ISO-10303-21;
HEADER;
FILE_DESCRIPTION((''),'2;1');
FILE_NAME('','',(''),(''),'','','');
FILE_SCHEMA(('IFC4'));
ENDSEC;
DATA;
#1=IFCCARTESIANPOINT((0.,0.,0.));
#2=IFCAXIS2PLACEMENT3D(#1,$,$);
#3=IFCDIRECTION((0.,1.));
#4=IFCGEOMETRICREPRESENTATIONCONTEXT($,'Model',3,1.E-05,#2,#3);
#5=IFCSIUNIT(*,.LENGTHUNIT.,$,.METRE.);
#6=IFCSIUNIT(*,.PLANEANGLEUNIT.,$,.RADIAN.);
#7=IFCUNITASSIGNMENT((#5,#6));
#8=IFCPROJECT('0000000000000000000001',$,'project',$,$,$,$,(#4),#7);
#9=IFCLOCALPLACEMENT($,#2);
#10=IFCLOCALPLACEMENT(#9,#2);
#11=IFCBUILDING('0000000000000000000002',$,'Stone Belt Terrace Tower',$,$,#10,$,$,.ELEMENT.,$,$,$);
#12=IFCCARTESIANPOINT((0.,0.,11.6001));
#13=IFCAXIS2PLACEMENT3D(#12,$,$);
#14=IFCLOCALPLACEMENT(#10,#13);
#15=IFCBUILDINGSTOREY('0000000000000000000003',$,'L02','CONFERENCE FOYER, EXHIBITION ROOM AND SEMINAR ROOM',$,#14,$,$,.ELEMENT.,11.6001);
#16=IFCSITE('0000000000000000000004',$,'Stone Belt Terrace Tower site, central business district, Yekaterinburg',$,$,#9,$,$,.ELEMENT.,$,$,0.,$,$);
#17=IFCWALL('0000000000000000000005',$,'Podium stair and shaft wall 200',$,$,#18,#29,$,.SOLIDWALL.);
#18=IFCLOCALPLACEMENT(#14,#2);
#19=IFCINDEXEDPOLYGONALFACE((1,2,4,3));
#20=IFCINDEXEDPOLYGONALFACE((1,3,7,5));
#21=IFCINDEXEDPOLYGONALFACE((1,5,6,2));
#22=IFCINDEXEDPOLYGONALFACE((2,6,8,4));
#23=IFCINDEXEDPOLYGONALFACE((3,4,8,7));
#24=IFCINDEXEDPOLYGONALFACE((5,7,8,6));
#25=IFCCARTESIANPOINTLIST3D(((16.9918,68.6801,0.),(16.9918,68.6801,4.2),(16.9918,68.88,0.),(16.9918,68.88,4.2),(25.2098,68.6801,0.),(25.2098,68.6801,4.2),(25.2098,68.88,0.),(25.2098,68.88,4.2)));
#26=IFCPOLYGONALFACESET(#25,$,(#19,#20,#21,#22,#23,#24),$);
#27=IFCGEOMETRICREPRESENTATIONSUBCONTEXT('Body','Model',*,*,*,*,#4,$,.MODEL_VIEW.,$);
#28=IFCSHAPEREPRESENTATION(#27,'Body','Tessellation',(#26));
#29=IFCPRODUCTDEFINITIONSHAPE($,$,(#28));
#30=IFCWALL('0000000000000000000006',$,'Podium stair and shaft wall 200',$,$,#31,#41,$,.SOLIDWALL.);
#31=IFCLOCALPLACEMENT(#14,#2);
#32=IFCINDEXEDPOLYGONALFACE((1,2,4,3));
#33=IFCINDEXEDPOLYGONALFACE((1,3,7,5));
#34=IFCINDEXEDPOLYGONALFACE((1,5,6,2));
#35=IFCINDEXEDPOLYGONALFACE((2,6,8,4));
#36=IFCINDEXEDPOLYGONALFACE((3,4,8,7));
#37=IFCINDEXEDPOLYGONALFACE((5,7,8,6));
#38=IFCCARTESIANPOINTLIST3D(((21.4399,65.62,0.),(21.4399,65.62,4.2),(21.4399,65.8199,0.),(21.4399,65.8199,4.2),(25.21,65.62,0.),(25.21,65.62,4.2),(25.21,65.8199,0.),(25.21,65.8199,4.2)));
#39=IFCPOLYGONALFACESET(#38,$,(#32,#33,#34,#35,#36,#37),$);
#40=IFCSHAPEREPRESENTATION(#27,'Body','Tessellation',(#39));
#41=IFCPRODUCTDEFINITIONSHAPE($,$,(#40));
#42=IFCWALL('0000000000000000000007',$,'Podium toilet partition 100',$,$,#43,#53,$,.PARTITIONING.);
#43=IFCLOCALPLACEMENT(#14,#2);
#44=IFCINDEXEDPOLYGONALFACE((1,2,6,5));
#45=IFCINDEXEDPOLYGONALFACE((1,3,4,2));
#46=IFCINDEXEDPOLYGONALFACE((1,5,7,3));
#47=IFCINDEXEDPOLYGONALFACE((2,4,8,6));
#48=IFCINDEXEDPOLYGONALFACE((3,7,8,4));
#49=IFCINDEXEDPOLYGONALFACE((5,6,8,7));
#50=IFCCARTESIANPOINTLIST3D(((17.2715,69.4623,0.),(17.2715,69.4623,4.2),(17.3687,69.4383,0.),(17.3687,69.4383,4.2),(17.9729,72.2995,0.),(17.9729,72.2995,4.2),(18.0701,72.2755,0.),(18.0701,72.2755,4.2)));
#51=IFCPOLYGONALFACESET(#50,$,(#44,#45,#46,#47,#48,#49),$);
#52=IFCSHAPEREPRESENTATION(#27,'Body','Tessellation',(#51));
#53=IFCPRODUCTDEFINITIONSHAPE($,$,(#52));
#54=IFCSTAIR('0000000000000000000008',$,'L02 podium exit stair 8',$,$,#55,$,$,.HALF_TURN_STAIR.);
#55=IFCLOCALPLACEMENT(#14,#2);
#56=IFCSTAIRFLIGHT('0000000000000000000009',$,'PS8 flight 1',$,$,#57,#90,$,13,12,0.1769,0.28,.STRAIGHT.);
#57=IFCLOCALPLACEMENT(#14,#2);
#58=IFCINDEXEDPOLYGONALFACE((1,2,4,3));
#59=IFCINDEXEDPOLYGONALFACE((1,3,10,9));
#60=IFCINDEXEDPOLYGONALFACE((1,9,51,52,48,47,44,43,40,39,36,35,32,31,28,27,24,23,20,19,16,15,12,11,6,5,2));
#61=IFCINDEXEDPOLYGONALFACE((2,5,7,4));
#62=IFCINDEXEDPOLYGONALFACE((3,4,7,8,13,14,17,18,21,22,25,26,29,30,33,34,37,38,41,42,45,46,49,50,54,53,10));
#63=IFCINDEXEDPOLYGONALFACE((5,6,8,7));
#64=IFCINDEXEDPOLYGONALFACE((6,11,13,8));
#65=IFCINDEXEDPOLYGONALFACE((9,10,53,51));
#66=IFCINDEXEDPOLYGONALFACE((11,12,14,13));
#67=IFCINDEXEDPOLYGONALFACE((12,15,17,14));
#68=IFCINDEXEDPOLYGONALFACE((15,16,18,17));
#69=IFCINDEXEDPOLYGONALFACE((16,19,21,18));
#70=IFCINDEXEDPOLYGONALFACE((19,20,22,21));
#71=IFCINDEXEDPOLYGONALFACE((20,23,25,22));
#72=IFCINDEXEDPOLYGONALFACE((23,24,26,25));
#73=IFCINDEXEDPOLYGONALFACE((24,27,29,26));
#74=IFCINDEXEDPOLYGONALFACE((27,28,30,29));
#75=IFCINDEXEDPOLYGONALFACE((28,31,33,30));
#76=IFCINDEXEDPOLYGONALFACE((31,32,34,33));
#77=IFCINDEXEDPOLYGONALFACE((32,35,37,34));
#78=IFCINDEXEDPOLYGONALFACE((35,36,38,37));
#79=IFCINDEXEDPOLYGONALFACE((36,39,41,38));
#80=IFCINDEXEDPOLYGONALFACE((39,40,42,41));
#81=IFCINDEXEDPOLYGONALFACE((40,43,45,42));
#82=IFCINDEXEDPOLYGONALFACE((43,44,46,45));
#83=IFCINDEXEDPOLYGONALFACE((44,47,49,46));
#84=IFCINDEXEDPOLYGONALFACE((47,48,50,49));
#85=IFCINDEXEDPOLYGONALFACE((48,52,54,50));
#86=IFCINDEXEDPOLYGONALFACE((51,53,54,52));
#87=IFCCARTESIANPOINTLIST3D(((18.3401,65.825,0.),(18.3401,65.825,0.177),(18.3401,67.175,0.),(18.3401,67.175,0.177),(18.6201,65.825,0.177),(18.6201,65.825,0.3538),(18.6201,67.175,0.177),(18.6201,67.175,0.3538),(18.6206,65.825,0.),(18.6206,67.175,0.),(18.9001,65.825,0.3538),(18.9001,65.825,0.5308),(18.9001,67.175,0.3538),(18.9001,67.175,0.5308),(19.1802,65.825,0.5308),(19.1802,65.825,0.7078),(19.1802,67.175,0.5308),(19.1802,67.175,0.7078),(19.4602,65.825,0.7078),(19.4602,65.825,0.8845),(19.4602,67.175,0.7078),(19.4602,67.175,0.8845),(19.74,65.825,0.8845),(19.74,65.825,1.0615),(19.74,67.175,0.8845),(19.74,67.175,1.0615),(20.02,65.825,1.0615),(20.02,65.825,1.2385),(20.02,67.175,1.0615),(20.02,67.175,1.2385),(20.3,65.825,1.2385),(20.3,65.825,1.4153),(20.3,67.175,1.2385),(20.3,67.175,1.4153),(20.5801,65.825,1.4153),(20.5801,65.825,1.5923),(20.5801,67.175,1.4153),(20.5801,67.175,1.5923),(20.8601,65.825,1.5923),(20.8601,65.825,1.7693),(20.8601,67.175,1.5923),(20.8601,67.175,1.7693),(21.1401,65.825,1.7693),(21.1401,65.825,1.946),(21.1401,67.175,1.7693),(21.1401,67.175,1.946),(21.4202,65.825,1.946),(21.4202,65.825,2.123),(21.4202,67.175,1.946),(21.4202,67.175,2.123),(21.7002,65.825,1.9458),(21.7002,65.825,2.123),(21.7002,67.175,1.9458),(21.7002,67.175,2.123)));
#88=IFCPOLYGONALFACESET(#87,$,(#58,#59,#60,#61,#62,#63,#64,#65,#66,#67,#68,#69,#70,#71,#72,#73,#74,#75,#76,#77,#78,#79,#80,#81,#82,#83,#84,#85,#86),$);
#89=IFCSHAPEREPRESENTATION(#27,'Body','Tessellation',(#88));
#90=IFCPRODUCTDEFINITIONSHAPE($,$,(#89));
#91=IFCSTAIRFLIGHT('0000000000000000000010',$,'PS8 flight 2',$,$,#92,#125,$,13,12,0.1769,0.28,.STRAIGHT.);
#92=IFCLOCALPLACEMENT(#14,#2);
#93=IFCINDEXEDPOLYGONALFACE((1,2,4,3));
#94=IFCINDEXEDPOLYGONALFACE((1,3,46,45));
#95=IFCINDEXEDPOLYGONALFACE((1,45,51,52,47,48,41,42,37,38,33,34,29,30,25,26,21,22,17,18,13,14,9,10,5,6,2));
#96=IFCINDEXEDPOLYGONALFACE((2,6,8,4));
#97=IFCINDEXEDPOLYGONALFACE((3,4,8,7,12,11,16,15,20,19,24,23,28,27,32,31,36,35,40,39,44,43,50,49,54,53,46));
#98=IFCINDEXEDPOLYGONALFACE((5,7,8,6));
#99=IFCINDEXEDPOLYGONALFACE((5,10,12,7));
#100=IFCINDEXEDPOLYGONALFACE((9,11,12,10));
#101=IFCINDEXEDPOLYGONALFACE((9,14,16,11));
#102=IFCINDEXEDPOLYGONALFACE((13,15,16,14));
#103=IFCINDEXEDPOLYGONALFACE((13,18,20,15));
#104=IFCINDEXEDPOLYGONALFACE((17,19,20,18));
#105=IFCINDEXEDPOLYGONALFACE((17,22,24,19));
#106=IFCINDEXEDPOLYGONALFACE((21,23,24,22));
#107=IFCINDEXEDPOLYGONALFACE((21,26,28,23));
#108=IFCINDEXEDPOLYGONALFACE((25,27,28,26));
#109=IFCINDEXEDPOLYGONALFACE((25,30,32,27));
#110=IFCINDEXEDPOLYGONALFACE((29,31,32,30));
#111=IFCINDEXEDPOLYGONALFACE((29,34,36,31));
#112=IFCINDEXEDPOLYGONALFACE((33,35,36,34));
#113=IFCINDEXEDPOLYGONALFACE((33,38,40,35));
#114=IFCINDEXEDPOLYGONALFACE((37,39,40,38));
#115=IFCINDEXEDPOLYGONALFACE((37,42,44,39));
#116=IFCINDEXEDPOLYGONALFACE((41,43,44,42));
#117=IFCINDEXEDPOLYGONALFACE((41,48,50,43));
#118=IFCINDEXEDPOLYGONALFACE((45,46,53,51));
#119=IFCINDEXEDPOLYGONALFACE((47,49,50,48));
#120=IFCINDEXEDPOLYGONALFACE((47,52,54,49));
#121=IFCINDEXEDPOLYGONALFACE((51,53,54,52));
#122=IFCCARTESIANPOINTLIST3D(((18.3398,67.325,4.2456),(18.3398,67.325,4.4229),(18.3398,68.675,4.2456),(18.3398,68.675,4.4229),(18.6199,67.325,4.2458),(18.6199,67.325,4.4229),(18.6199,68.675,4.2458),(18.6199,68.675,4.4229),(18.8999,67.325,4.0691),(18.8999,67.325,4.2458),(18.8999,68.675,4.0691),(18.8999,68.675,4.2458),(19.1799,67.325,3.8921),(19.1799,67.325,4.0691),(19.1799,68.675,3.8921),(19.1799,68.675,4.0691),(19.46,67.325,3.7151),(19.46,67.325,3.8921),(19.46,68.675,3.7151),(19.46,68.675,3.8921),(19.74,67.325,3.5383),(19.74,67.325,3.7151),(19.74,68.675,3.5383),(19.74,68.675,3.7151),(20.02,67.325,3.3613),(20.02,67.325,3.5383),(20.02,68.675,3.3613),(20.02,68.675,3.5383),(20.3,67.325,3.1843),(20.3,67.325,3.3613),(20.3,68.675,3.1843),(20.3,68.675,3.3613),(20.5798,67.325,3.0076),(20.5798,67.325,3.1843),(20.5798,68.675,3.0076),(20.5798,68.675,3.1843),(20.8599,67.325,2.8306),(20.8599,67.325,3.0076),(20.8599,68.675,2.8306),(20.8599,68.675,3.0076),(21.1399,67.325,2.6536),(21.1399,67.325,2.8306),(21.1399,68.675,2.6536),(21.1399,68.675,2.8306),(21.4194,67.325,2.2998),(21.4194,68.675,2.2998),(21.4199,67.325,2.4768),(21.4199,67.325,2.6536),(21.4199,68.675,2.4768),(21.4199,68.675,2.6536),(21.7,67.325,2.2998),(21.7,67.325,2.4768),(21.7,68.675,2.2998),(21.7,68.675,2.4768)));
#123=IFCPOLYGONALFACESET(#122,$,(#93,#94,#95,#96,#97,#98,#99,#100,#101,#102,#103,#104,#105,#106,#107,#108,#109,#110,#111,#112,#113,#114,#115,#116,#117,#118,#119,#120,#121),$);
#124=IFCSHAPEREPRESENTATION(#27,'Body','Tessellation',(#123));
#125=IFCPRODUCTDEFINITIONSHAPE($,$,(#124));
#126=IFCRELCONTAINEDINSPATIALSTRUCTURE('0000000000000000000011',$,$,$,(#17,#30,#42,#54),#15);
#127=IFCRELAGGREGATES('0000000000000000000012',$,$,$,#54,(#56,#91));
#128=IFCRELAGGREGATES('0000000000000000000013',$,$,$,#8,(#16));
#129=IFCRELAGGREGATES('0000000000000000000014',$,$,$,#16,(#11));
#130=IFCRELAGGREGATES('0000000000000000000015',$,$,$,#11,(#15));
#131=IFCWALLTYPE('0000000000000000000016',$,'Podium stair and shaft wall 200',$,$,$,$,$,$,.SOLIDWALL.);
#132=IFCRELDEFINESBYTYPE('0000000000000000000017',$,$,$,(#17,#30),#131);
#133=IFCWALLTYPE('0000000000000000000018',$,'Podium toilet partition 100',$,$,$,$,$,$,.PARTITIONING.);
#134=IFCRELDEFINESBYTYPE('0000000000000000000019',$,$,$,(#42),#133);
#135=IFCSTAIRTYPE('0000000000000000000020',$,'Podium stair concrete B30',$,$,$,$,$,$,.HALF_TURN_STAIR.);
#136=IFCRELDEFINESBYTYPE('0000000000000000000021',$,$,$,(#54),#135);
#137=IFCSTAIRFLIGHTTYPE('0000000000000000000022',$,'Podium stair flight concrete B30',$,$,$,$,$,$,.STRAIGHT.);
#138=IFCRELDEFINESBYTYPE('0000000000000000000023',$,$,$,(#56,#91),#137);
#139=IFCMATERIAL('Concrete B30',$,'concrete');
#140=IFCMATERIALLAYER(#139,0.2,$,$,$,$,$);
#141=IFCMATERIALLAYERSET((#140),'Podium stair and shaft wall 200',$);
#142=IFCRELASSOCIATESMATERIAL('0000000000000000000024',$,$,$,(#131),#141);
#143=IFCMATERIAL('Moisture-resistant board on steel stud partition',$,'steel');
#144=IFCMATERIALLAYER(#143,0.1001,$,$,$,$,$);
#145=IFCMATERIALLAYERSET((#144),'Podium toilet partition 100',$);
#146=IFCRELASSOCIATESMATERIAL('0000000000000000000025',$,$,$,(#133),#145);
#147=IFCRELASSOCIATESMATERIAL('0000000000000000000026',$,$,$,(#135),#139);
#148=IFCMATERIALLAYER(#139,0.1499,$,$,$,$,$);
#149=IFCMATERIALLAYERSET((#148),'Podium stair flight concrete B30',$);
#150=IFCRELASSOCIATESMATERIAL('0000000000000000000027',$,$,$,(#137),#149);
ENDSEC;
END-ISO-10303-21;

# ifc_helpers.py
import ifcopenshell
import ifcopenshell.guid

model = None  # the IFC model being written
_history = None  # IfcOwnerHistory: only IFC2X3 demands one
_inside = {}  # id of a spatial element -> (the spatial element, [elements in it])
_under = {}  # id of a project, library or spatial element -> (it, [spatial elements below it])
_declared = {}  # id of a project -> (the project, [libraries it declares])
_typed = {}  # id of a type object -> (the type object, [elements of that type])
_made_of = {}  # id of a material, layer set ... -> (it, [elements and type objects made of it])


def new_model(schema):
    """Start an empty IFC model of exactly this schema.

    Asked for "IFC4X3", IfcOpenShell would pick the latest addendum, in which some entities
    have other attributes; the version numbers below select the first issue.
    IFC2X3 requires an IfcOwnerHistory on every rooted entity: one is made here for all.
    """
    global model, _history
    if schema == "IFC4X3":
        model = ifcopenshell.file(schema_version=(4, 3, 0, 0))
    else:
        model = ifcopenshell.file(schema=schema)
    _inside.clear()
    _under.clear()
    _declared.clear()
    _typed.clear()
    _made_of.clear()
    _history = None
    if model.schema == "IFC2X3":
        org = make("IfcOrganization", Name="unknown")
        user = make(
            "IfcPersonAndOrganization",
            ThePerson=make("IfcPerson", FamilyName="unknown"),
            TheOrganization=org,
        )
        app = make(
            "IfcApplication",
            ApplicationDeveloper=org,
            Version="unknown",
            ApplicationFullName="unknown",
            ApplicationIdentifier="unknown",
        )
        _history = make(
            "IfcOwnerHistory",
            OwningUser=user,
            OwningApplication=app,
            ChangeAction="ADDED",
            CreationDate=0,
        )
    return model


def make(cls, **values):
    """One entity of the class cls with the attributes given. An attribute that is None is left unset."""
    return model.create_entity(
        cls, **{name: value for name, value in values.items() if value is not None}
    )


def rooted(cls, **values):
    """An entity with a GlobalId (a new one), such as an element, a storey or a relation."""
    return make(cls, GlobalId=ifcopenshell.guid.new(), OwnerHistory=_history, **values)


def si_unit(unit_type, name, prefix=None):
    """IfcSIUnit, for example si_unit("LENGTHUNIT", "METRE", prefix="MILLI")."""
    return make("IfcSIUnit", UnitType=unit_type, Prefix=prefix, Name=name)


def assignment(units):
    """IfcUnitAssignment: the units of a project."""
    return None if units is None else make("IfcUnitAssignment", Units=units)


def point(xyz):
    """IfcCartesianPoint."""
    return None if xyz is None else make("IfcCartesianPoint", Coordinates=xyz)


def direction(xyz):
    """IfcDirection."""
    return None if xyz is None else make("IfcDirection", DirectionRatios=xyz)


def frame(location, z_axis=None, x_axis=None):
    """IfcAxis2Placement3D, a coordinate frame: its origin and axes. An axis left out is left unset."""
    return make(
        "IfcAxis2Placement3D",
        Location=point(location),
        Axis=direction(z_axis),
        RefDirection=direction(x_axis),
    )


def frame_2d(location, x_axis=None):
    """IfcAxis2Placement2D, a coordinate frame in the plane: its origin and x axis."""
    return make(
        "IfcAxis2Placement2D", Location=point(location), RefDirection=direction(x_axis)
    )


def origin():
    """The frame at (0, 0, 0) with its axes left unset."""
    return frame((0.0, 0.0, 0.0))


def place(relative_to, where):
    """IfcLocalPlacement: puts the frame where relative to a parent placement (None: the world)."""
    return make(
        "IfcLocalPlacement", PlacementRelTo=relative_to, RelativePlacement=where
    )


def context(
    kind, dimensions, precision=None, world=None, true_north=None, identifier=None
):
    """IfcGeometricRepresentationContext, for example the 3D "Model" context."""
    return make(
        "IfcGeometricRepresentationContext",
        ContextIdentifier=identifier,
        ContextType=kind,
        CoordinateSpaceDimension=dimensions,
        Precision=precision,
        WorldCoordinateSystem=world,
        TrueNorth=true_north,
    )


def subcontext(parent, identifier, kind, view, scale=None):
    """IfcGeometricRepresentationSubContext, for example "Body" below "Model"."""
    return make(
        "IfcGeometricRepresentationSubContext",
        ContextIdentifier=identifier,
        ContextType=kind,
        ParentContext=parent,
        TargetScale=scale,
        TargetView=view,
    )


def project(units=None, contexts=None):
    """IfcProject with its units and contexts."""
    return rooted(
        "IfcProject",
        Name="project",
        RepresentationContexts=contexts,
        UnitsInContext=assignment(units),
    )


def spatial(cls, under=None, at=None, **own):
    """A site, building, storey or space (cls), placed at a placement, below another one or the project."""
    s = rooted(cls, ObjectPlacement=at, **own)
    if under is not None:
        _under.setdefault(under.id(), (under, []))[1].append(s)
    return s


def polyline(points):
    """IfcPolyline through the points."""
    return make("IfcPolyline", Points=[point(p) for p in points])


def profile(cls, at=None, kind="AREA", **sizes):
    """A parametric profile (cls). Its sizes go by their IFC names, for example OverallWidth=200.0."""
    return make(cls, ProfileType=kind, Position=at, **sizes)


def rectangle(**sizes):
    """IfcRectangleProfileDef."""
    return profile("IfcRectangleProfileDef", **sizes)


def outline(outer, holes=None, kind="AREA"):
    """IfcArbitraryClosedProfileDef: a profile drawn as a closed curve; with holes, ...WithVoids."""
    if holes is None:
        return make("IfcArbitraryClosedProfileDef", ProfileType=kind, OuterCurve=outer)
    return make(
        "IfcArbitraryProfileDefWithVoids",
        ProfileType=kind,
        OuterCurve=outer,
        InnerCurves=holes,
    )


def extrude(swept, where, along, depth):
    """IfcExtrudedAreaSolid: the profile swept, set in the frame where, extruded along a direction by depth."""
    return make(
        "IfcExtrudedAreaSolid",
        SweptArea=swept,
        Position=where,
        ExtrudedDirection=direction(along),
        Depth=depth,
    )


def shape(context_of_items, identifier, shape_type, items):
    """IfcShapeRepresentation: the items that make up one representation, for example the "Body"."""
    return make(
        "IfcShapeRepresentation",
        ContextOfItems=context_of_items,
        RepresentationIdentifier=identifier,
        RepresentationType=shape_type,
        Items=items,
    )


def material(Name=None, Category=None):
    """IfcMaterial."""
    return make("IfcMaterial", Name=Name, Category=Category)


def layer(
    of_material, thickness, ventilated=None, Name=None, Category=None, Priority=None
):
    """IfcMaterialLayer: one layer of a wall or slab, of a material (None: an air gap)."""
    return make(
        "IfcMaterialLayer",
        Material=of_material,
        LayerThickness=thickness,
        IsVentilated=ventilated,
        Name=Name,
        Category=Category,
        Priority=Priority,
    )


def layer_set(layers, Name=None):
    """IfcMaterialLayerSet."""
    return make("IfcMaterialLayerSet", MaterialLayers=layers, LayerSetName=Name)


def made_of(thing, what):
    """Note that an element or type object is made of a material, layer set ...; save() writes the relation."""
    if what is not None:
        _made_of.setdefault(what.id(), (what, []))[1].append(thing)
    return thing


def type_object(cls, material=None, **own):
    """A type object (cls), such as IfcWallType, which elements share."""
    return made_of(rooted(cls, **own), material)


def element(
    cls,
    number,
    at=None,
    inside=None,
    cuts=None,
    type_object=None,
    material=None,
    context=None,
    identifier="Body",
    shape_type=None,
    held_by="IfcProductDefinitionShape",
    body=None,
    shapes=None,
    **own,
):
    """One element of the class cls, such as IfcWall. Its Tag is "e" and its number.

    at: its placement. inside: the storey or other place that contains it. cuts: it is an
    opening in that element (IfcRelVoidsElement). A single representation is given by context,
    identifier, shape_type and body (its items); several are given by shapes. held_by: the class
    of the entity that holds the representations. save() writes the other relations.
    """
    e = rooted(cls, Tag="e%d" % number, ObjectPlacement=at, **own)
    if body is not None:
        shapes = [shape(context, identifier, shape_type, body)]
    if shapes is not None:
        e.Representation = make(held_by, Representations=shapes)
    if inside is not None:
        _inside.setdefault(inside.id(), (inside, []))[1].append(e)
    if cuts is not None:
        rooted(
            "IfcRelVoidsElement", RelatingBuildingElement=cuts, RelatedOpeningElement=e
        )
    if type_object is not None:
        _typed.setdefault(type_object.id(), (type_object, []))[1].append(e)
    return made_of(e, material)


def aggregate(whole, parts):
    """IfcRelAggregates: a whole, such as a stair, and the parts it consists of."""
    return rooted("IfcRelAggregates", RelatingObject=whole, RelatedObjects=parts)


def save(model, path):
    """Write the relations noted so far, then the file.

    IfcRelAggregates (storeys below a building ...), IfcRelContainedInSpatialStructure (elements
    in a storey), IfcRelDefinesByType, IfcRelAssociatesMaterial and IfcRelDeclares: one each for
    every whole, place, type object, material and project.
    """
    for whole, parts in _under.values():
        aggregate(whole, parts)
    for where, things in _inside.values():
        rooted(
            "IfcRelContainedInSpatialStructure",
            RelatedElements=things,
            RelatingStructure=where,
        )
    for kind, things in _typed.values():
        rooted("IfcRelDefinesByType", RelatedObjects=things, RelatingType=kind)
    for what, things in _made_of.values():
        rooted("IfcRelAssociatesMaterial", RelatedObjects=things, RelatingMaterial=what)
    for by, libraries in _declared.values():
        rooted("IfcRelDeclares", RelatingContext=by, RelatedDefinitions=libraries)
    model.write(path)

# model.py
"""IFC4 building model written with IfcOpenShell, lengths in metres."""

from ifc_helpers import new_model, si_unit, direction, frame, frame_2d, origin, place, context, subcontext, project, spatial, polyline, rectangle, outline, extrude, material, layer, layer_set, type_object, element, aggregate, save


model = new_model("IFC4")

# Units and contexts
model_context = context("Model", 3, precision=1e-05, world=origin(), true_north=direction((0.0, 1.0)))
body_context = subcontext(model_context, "Body", "Model", "MODEL_VIEW")
ifc_project = project(units=[si_unit("LENGTHUNIT", "METRE"), si_unit("PLANEANGLEUNIT", "RADIAN")], contexts=[model_context])

# Site, building, storey
site_placement = place(None, origin())
site = spatial("IfcSite", under=ifc_project, at=site_placement, Name="Stone Belt Terrace Tower site, central business district, Yekaterinburg", CompositionType="ELEMENT", RefElevation=0.0)
building_placement = place(site_placement, origin())
building = spatial("IfcBuilding", under=site, at=building_placement, Name="Stone Belt Terrace Tower", CompositionType="ELEMENT")
storey_placement = place(building_placement, frame((0.0, 0.0, 11.6001)))
storey = spatial("IfcBuildingStorey", under=building, at=storey_placement, Name="L02", Description="CONFERENCE FOYER, EXHIBITION ROOM AND SEMINAR ROOM", CompositionType="ELEMENT", Elevation=11.6001)

# Shared definitions
ifc_material_1 = material(Name="Concrete B30", Category="concrete")
ifc_layer_1 = layer(ifc_material_1, 0.2)
ifc_layer_set_1 = layer_set([ifc_layer_1], Name="Podium stair and shaft wall 200")
wall_type_1 = type_object("IfcWallType", Name="Podium stair and shaft wall 200", PredefinedType="SOLIDWALL", material=ifc_layer_set_1)

# Walls
wall_1_placement = place(storey_placement, frame((16.9919, 68.78, 0.0), z_axis=(0.0, 0.0, 1.0), x_axis=(1.0, 0.0, 0.0)))
element("IfcWall", 1, at=wall_1_placement, inside=storey, type_object=wall_type_1, Name="Podium stair and shaft wall 200", PredefinedType="SOLIDWALL", context=body_context, shape_type="SweptSolid", body=[
    extrude(rectangle(XDim=8.218, YDim=0.2, at=frame_2d((4.1089, 0.0))), origin(), (0.0, 0.0, 1.0), 4.2),
])
wall_2_placement = place(storey_placement, frame((21.4399, 65.72, 0.0), z_axis=(0.0, 0.0, 1.0), x_axis=(1.0, 0.0, 0.0)))
element("IfcWall", 2, at=wall_2_placement, inside=storey, type_object=wall_type_1, Name="Podium stair and shaft wall 200", PredefinedType="SOLIDWALL", context=body_context, shape_type="SweptSolid", body=[
    extrude(rectangle(XDim=3.77, YDim=0.2, at=frame_2d((1.885, 0.0))), origin(), (0.0, 0.0, 1.0), 4.2),
])
ifc_material_2 = material(Name="Moisture-resistant board on steel stud partition", Category="steel")
ifc_layer_2 = layer(ifc_material_2, 0.1001)
ifc_layer_set_2 = layer_set([ifc_layer_2], Name="Podium toilet partition 100")
wall_type_2 = type_object("IfcWallType", Name="Podium toilet partition 100", PredefinedType="PARTITIONING", material=ifc_layer_set_2)
wall_3_placement = place(storey_placement, frame((17.3201, 69.4502, 0.0), z_axis=(0.0, 0.0, 1.0), x_axis=(0.239999, 0.970773, 0.0)))
element("IfcWall", 3, at=wall_3_placement, inside=storey, type_object=wall_type_2, Name="Podium toilet partition 100", PredefinedType="PARTITIONING", context=body_context, shape_type="SweptSolid", body=[
    extrude(rectangle(XDim=2.9226, YDim=0.1001, at=frame_2d((1.4614, 0.0))), origin(), (0.0, 0.0, 1.0), 4.2),
])

# Stair, stair flights
stair_type = type_object("IfcStairType", Name="Podium stair concrete B30", PredefinedType="HALF_TURN_STAIR", material=ifc_material_1)
stair_placement = place(storey_placement, origin())
stair = element("IfcStair", 4, at=stair_placement, inside=storey, type_object=stair_type, Name="L02 podium exit stair 8", PredefinedType="HALF_TURN_STAIR")
ifc_layer_3 = layer(ifc_material_1, 0.1499)
ifc_layer_set_3 = layer_set([ifc_layer_3], Name="Podium stair flight concrete B30")
stair_flight_type = type_object("IfcStairFlightType", Name="Podium stair flight concrete B30", PredefinedType="STRAIGHT", material=ifc_layer_set_3)
stair_flight_1_placement = place(storey_placement, frame((18.3401, 66.5, 0.0), z_axis=(0.0, 0.0, 1.0), x_axis=(1.0, 0.0, 0.0)))
stair_flight_1 = element("IfcStairFlight", 5, at=stair_flight_1_placement, type_object=stair_flight_type, Name="PS8 flight 1", NumberOfRisers=13, NumberOfTreads=12, PredefinedType="STRAIGHT", RiserHeight=0.1769, TreadLength=0.28, context=body_context, shape_type="SweptSolid", body=[
    extrude(outline(polyline([(0.0, 0.0), (0.0, 0.177), (0.28, 0.177), (0.28, 0.3538), (0.5601, 0.3538), (0.5601, 0.5308), (0.8401, 0.5308), (0.8401, 0.7078), (1.1201, 0.7078), (1.1201, 0.8845), (1.3999, 0.8845), (1.3999, 1.0615), (1.6799, 1.0615), (1.6799, 1.2385), (1.96, 1.2385), (1.96, 1.4153), (2.24, 1.4153), (2.24, 1.5923), (2.52, 1.5923), (2.52, 1.7693), (2.8, 1.7693), (2.8, 1.946), (3.0801, 1.946), (3.0801, 2.123), (3.3601, 2.123), (3.3601, 2.3), (3.3601, 1.9458), (0.2805, 0.0), (0.0, 0.0)])), frame((0.0, 0.675, 0.0), z_axis=(0.0, -1.0, 0.0), x_axis=(1.0, 0.0, 0.0)), (0.0, 0.0, 1.0), 1.3501),
])
stair_flight_2_placement = place(storey_placement, frame((21.7, 68.0, 2.2998), z_axis=(0.0, 0.0, 1.0), x_axis=(-1.0, 0.0, 0.0)))
stair_flight_2 = element("IfcStairFlight", 6, at=stair_flight_2_placement, type_object=stair_flight_type, Name="PS8 flight 2", NumberOfRisers=13, NumberOfTreads=12, PredefinedType="STRAIGHT", RiserHeight=0.1769, TreadLength=0.28, context=body_context, shape_type="SweptSolid", body=[
    extrude(outline(polyline([(0.0, 0.0), (0.0, 0.177), (0.28, 0.177), (0.28, 0.3538), (0.5601, 0.3538), (0.5601, 0.5308), (0.8401, 0.5308), (0.8401, 0.7078), (1.1201, 0.7078), (1.1201, 0.8845), (1.3999, 0.8845), (1.3999, 1.0615), (1.6799, 1.0615), (1.6799, 1.2385), (1.96, 1.2385), (1.96, 1.4153), (2.24, 1.4153), (2.24, 1.5923), (2.52, 1.5923), (2.52, 1.7693), (2.8, 1.7693), (2.8, 1.946), (3.0801, 1.946), (3.0801, 2.123), (3.3601, 2.123), (3.3601, 2.3), (3.3601, 1.9458), (0.2805, 0.0), (0.0, 0.0)])), frame((0.0, 0.675, 0.0), z_axis=(0.0, -1.0, 0.0), x_axis=(1.0, 0.0, 0.0)), (0.0, 0.0, 1.0), 1.3501),
])
aggregate(stair, [stair_flight_1, stair_flight_2])

save(model, "model.ifc")
